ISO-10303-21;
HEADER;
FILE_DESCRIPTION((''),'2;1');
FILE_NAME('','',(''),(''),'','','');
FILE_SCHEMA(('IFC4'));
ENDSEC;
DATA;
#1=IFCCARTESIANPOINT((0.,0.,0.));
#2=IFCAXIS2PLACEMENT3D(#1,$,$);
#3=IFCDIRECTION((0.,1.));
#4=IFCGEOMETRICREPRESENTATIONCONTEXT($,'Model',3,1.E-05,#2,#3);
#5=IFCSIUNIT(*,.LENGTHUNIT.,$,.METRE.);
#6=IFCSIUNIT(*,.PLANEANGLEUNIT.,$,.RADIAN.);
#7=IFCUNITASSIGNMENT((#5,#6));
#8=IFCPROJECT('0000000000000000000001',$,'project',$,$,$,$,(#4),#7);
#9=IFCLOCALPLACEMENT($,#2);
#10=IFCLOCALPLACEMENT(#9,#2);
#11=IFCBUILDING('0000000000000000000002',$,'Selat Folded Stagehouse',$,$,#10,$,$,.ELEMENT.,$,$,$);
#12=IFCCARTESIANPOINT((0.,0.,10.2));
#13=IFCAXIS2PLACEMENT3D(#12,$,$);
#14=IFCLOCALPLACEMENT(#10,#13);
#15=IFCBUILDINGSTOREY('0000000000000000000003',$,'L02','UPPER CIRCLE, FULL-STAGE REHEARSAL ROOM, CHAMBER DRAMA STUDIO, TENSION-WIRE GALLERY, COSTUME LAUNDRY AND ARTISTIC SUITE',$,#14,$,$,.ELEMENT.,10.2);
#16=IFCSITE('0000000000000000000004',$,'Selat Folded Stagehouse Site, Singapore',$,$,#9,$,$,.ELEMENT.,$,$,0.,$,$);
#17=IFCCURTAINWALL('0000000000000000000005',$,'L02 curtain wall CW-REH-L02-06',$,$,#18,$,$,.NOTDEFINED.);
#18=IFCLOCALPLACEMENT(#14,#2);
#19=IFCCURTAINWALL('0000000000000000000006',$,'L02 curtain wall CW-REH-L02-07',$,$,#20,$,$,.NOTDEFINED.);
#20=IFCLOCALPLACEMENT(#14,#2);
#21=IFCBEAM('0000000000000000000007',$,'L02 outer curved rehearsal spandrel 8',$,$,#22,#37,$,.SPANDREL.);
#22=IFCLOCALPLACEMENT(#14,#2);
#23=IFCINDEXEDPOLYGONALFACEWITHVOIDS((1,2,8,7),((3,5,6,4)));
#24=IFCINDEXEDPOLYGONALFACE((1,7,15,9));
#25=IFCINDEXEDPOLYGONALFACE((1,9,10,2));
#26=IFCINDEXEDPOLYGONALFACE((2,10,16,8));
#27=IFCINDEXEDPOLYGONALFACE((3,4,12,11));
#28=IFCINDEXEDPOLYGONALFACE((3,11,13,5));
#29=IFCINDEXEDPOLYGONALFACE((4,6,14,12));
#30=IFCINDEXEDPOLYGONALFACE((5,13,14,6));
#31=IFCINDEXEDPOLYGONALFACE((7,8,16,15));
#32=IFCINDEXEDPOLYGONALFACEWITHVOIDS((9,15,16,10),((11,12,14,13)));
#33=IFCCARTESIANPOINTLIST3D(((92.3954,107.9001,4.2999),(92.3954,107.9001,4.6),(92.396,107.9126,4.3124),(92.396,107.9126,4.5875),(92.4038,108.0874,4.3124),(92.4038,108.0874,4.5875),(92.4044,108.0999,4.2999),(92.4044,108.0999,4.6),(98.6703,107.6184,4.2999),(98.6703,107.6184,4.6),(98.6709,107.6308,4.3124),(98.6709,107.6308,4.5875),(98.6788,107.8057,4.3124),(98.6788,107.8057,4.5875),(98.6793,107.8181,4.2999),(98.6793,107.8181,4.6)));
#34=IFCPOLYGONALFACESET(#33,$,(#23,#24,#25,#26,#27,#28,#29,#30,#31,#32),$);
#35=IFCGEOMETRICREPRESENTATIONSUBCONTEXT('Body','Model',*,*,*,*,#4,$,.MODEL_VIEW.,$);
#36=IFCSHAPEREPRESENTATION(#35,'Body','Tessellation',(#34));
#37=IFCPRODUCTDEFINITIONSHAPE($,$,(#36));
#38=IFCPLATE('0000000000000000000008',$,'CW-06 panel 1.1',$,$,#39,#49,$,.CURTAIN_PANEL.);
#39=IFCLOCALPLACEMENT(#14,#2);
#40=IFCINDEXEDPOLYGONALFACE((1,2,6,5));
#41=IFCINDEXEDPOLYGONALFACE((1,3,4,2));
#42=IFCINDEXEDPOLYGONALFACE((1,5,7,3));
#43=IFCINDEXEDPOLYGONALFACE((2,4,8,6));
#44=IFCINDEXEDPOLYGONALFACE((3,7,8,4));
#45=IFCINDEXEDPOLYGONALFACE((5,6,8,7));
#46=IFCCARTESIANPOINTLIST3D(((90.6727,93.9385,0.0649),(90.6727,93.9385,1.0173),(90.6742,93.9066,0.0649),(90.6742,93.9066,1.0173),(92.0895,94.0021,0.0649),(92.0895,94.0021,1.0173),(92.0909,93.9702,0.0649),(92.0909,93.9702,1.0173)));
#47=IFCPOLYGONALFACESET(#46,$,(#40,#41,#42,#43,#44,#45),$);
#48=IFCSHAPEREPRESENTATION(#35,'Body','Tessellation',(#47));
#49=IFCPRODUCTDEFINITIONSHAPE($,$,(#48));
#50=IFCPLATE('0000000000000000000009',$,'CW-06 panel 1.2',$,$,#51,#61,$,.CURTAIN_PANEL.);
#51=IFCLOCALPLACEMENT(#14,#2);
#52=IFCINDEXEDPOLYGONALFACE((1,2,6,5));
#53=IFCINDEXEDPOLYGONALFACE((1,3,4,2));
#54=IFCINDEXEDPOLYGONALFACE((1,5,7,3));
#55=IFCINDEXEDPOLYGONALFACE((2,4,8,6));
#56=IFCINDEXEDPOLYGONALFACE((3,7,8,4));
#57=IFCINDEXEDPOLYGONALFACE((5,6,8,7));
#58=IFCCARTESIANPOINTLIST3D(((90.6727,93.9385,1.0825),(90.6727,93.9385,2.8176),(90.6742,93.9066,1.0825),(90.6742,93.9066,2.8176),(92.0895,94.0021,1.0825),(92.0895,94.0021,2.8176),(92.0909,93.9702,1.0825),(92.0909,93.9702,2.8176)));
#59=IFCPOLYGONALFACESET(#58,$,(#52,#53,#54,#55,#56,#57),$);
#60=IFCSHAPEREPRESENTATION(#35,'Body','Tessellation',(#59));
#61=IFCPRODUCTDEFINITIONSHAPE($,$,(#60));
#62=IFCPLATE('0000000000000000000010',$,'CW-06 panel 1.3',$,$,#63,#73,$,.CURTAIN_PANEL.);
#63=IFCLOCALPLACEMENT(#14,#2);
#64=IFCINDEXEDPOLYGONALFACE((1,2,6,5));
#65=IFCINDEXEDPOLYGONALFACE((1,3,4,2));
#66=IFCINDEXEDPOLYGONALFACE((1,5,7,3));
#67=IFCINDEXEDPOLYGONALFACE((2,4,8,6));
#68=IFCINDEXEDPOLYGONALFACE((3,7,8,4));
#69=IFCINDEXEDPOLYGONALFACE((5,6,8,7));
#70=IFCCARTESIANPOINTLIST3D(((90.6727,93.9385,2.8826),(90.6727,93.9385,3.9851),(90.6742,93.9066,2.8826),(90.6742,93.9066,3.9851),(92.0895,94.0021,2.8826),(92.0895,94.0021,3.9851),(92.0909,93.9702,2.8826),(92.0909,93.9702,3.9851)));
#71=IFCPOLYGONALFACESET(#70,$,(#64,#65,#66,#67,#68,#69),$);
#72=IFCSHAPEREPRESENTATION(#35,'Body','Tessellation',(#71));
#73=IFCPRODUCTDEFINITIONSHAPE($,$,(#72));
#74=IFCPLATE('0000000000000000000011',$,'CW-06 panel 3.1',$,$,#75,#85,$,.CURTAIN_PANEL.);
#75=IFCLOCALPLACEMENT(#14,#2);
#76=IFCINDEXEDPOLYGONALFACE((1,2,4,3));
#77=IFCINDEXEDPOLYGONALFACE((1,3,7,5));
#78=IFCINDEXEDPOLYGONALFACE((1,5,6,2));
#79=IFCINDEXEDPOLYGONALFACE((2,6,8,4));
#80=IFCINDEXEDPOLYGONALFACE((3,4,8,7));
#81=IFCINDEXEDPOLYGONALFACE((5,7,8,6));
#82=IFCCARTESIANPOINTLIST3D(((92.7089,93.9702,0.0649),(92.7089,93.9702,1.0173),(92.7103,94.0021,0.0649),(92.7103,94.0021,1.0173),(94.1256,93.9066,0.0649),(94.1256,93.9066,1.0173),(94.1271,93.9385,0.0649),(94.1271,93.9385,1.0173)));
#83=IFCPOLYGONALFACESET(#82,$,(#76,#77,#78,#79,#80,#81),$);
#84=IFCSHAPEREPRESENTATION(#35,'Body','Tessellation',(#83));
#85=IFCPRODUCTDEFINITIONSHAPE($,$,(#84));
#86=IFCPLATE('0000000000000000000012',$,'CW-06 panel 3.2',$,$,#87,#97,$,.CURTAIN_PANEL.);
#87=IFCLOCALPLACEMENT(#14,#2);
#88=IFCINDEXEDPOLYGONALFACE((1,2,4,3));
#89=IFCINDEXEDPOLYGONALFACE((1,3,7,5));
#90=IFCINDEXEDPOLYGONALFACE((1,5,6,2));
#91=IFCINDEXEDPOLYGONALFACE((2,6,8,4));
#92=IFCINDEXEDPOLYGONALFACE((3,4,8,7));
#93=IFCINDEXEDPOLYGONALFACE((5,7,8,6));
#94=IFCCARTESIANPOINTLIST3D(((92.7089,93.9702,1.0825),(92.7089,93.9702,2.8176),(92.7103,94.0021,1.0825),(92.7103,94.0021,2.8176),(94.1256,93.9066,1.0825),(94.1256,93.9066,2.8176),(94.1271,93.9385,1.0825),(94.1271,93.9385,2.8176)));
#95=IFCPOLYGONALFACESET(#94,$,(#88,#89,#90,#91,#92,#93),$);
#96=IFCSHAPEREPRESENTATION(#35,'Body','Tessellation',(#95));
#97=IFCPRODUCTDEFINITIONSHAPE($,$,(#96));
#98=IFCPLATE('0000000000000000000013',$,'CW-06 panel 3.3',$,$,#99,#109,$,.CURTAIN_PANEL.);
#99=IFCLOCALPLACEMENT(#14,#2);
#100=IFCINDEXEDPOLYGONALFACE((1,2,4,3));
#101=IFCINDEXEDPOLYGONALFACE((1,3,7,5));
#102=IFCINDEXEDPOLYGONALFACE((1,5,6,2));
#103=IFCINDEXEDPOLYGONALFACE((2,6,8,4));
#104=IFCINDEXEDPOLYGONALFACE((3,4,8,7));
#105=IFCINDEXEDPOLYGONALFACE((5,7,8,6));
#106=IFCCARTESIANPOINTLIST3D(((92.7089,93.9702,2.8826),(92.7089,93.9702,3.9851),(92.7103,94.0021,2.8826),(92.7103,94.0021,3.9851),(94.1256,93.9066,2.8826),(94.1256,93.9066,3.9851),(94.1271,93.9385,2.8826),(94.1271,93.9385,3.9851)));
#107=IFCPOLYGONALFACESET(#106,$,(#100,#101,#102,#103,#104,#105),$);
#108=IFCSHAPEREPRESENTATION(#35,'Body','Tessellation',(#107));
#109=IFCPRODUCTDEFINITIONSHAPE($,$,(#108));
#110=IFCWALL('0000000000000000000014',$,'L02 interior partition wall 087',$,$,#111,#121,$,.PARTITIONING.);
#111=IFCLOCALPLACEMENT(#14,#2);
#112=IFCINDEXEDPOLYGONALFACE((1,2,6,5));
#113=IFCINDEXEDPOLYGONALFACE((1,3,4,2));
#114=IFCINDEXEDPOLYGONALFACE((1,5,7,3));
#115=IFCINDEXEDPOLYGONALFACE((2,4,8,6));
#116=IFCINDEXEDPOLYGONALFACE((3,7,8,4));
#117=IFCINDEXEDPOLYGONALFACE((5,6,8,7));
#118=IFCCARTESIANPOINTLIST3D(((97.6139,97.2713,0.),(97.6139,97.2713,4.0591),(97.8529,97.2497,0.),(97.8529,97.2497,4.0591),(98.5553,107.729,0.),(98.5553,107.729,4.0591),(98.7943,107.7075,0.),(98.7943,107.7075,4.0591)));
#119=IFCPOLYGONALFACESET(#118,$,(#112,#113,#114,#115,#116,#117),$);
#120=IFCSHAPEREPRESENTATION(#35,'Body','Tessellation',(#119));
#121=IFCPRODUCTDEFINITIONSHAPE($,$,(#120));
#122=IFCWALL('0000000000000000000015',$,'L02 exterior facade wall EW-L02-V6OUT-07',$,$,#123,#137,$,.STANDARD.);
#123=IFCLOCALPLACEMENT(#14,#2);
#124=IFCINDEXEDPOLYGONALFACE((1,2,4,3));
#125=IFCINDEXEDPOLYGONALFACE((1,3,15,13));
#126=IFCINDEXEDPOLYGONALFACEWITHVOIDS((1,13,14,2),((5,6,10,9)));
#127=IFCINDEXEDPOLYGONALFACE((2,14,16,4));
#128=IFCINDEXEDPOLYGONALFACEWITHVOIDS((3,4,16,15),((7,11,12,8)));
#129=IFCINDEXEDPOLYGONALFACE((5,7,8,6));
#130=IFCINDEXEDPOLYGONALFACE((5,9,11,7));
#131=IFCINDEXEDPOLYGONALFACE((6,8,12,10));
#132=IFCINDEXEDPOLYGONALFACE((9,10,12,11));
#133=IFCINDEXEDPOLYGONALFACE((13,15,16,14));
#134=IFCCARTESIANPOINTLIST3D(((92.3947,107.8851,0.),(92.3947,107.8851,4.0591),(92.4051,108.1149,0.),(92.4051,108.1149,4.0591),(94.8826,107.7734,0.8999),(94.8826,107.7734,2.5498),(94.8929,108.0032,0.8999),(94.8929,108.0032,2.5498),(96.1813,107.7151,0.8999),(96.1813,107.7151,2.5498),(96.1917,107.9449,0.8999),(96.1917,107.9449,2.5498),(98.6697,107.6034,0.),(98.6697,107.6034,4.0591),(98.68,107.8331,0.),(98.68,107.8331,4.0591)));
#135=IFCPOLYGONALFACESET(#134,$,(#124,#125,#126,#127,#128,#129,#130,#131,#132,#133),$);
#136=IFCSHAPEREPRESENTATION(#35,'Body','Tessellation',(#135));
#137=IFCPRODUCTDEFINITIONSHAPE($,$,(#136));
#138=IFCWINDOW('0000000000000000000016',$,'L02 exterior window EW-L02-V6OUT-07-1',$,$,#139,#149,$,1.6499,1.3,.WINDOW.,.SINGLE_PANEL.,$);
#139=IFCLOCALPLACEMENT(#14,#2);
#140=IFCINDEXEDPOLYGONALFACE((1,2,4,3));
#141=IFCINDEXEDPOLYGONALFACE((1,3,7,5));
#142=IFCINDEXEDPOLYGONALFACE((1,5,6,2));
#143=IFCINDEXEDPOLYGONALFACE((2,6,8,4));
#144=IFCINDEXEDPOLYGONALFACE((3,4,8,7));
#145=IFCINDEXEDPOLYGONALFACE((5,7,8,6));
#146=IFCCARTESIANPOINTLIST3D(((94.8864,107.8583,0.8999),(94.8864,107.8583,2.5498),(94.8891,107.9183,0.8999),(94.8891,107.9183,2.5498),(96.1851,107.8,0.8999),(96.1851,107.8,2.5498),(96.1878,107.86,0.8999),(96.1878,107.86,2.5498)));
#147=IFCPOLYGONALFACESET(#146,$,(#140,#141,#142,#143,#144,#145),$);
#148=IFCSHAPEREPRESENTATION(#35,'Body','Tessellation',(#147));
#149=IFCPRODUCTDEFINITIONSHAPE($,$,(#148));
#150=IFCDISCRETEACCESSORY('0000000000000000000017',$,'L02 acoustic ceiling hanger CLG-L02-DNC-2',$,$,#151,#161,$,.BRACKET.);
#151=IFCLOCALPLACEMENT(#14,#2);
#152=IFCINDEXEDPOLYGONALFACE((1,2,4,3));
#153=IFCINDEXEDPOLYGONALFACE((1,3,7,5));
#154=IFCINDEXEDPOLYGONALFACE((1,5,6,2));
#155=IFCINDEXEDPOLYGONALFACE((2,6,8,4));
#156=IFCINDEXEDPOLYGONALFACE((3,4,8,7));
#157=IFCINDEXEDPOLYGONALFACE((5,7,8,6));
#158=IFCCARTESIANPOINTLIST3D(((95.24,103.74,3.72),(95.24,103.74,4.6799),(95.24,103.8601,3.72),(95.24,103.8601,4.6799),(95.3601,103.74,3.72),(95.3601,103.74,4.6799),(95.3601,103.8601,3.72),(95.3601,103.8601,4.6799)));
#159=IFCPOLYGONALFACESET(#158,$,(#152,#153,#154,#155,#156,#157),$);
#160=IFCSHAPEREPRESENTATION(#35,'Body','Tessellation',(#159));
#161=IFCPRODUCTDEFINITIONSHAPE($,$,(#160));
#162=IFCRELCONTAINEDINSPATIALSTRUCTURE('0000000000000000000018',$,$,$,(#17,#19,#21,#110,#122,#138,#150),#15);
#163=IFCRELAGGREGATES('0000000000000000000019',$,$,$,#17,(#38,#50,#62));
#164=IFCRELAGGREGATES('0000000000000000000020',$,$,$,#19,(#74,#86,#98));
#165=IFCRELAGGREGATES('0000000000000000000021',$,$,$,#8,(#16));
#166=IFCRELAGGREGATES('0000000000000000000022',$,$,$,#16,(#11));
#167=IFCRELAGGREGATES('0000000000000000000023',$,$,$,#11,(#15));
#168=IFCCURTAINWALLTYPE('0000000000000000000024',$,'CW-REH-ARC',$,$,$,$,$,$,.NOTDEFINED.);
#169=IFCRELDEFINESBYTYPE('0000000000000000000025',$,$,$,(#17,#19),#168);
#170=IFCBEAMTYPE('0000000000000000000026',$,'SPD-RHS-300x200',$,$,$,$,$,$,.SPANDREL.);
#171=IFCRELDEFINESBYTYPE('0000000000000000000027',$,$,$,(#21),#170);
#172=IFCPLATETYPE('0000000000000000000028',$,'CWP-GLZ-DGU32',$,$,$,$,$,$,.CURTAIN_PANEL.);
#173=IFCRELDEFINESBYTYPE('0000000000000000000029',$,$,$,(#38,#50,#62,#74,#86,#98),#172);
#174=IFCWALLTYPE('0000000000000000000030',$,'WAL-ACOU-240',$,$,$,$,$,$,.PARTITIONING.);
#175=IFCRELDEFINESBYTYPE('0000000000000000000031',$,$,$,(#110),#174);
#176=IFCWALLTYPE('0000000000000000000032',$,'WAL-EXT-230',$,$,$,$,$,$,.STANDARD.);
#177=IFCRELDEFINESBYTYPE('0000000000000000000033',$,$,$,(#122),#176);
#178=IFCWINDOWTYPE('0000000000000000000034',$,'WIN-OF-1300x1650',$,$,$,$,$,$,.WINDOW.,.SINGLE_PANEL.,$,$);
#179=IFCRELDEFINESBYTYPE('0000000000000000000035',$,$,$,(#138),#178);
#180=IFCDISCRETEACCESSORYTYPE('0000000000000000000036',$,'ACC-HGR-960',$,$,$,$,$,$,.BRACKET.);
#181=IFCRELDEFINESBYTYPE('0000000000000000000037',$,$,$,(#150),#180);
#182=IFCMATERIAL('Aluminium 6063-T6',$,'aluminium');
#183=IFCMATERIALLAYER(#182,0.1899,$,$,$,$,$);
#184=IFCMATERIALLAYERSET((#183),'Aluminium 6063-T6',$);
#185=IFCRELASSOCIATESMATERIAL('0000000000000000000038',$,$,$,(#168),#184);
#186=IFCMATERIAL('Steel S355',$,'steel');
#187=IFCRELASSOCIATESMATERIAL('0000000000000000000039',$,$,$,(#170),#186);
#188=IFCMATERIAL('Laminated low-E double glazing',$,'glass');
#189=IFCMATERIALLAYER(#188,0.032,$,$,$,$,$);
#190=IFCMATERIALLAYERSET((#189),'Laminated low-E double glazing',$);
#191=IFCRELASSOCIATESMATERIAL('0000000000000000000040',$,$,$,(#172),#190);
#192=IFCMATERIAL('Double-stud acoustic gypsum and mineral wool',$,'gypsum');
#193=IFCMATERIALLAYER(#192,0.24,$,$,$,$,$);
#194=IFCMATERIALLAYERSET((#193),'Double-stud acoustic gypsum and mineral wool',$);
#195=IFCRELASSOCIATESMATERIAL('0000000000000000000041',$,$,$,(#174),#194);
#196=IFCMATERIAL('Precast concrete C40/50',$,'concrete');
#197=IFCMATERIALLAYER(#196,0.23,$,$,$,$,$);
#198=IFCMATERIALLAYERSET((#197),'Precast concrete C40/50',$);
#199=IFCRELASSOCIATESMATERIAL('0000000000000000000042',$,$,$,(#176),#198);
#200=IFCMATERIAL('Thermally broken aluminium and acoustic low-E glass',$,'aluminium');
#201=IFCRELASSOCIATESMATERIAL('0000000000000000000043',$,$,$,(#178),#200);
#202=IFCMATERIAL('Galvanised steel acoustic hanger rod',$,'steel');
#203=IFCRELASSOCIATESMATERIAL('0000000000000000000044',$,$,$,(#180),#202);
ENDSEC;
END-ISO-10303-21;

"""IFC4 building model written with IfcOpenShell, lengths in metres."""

from ifc_helpers import new_model, si_unit, direction, frame, frame_2d, origin, origin_2d, place, context, subcontext, project, spatial, rectangle, hollow_rectangle, extrude, material, layer, layer_set, material_profile, profile_set, type_object, element, fill, aggregate, save


model = new_model("IFC4")

# Units and contexts
model_context = context("Model", 3, precision=1e-05, world=origin(), true_north=direction((0.0, 1.0)))
body_context = subcontext(model_context, "Body", "Model", "MODEL_VIEW")
ifc_project = project(units=[si_unit("LENGTHUNIT", "METRE"), si_unit("PLANEANGLEUNIT", "RADIAN")], contexts=[model_context])

# Site, building, storey
site_placement = place(None, origin())
site = spatial("IfcSite", under=ifc_project, at=site_placement, Name="Selat Folded Stagehouse Site, Singapore", CompositionType="ELEMENT", RefElevation=0.0)
building_placement = place(site_placement, origin())
building = spatial("IfcBuilding", under=site, at=building_placement, Name="Selat Folded Stagehouse", CompositionType="ELEMENT")
storey_placement = place(building_placement, frame((0.0, 0.0, 10.2)))
storey = spatial("IfcBuildingStorey", under=building, at=storey_placement, Name="L02", Description="UPPER CIRCLE, FULL-STAGE REHEARSAL ROOM, CHAMBER DRAMA STUDIO, TENSION-WIRE GALLERY, COSTUME LAUNDRY AND ARTISTIC SUITE", CompositionType="ELEMENT", Elevation=10.2)

# Shared definitions
ifc_material_1 = material(Name="Steel S355", Category="steel")

# Curtain walls
ifc_material_2 = material(Name="Aluminium 6063-T6", Category="aluminium")
ifc_layer_1 = layer(ifc_material_2, 0.1899)
ifc_layer_set_1 = layer_set([ifc_layer_1], Name="Aluminium 6063-T6")
curtain_wall_type = type_object("IfcCurtainWallType", Name="CW-REH-ARC", PredefinedType="NOTDEFINED", material=ifc_layer_set_1)
curtain_wall_1_placement = place(storey_placement, origin())
curtain_wall_1 = element("IfcCurtainWall", 1, at=curtain_wall_1_placement, inside=storey, type_object=curtain_wall_type, Name="L02 curtain wall CW-REH-L02-06", PredefinedType="NOTDEFINED")
curtain_wall_2_placement = place(storey_placement, origin())
curtain_wall_2 = element("IfcCurtainWall", 2, at=curtain_wall_2_placement, inside=storey, type_object=curtain_wall_type, Name="L02 curtain wall CW-REH-L02-07", PredefinedType="NOTDEFINED")

# Beam
ifc_material_profile_1 = material_profile(ifc_material_1, hollow_rectangle(XDim=0.2, YDim=0.3, WallThickness=0.0125, at=origin_2d()), Name="RHS 300x200x12.5")
ifc_profile_set_1 = profile_set([ifc_material_profile_1], Name="Steel S355")
beam_type_1 = type_object("IfcBeamType", Name="SPD-RHS-300x200", PredefinedType="SPANDREL", material=ifc_profile_set_1)
beam_1_placement = place(storey_placement, frame((92.3999, 108.0, 4.45), z_axis=(0.998994, -0.044854, 0.0), x_axis=(0.044854, 0.998994, 0.0)))
element("IfcBeam", 3, at=beam_1_placement, inside=storey, type_object=beam_type_1, Name="L02 outer curved rehearsal spandrel 8", PredefinedType="SPANDREL", context=body_context, shape_type="SweptSolid", body=[
    extrude(hollow_rectangle(XDim=0.2, YDim=0.3, WallThickness=0.0125, at=origin_2d()), origin(), (0.0, 0.0, 1.0), 6.2812),
])

# Plates
ifc_material_3 = material(Name="Laminated low-E double glazing", Category="glass")
ifc_layer_2 = layer(ifc_material_3, 0.032)
ifc_layer_set_2 = layer_set([ifc_layer_2], Name="Laminated low-E double glazing")
plate_type = type_object("IfcPlateType", Name="CWP-GLZ-DGU32", PredefinedType="CURTAIN_PANEL", material=ifc_layer_set_2)
plate_1_placement = place(storey_placement, frame((91.3818, 93.9543, 0.0649), z_axis=(0.0, 0.0, 1.0), x_axis=(-0.998993, -0.044862, 0.0)))
plate_1 = element("IfcPlate", 4, at=plate_1_placement, type_object=plate_type, Name="CW-06 panel 1.1", PredefinedType="CURTAIN_PANEL", context=body_context, shape_type="SweptSolid", body=[
    extrude(rectangle(XDim=1.4182, YDim=0.032, at=origin_2d()), origin(), (0.0, 0.0, 1.0), 0.9524),
])
plate_2_placement = place(storey_placement, frame((91.3818, 93.9543, 1.0825), z_axis=(0.0, 0.0, 1.0), x_axis=(-0.998993, -0.044862, 0.0)))
plate_2 = element("IfcPlate", 5, at=plate_2_placement, type_object=plate_type, Name="CW-06 panel 1.2", PredefinedType="CURTAIN_PANEL", context=body_context, shape_type="SweptSolid", body=[
    extrude(rectangle(XDim=1.4182, YDim=0.032, at=origin_2d()), origin(), (0.0, 0.0, 1.0), 1.7351),
])
plate_3_placement = place(storey_placement, frame((91.3818, 93.9543, 2.8826), z_axis=(0.0, 0.0, 1.0), x_axis=(-0.998993, -0.044862, 0.0)))
plate_3 = element("IfcPlate", 6, at=plate_3_placement, type_object=plate_type, Name="CW-06 panel 1.3", PredefinedType="CURTAIN_PANEL", context=body_context, shape_type="SweptSolid", body=[
    extrude(rectangle(XDim=1.4182, YDim=0.032, at=origin_2d()), origin(), (0.0, 0.0, 1.0), 1.1025),
])
aggregate(curtain_wall_1, [plate_1, plate_2, plate_3])
plate_4_placement = place(storey_placement, frame((93.418, 93.9543, 0.0649), z_axis=(0.0, 0.0, 1.0), x_axis=(-0.998993, 0.044862, 0.0)))
plate_4 = element("IfcPlate", 7, at=plate_4_placement, type_object=plate_type, Name="CW-06 panel 3.1", PredefinedType="CURTAIN_PANEL", context=body_context, shape_type="SweptSolid", body=[
    extrude(rectangle(XDim=1.4182, YDim=0.032, at=origin_2d()), origin(), (0.0, 0.0, 1.0), 0.9524),
])
plate_5_placement = place(storey_placement, frame((93.418, 93.9543, 1.0825), z_axis=(0.0, 0.0, 1.0), x_axis=(-0.998993, 0.044862, 0.0)))
plate_5 = element("IfcPlate", 8, at=plate_5_placement, type_object=plate_type, Name="CW-06 panel 3.2", PredefinedType="CURTAIN_PANEL", context=body_context, shape_type="SweptSolid", body=[
    extrude(rectangle(XDim=1.4182, YDim=0.032, at=origin_2d()), origin(), (0.0, 0.0, 1.0), 1.7351),
])
plate_6_placement = place(storey_placement, frame((93.418, 93.9543, 2.8826), z_axis=(0.0, 0.0, 1.0), x_axis=(-0.998993, 0.044862, 0.0)))
plate_6 = element("IfcPlate", 9, at=plate_6_placement, type_object=plate_type, Name="CW-06 panel 3.3", PredefinedType="CURTAIN_PANEL", context=body_context, shape_type="SweptSolid", body=[
    extrude(rectangle(XDim=1.4182, YDim=0.032, at=origin_2d()), origin(), (0.0, 0.0, 1.0), 1.1025),
])
aggregate(curtain_wall_2, [plate_4, plate_5, plate_6])

# Wall
ifc_material_4 = material(Name="Double-stud acoustic gypsum and mineral wool", Category="gypsum")
ifc_layer_3 = layer(ifc_material_4, 0.24)
ifc_layer_set_3 = layer_set([ifc_layer_3], Name="Double-stud acoustic gypsum and mineral wool")
wall_type_1 = type_object("IfcWallType", Name="WAL-ACOU-240", PredefinedType="PARTITIONING", material=ifc_layer_set_3)
wall_1_placement = place(storey_placement, frame((97.7334, 97.2605, 0.0), z_axis=(0.0, 0.0, 1.0), x_axis=(0.089657, 0.995973, 0.0)))
element("IfcWall", 10, at=wall_1_placement, inside=storey, type_object=wall_type_1, Name="L02 interior partition wall 087", PredefinedType="PARTITIONING", context=body_context, shape_type="SweptSolid", body=[
    extrude(rectangle(XDim=10.5, YDim=0.24, at=frame_2d((5.25, 0.0))), origin(), (0.0, 0.0, 1.0), 4.0591),
])

# Wall, opening, window
ifc_material_5 = material(Name="Precast concrete C40/50", Category="concrete")
ifc_layer_4 = layer(ifc_material_5, 0.23)
ifc_layer_set_4 = layer_set([ifc_layer_4], Name="Precast concrete C40/50")
wall_type_2 = type_object("IfcWallType", Name="WAL-EXT-230", PredefinedType="STANDARD", material=ifc_layer_set_4)
wall_2_placement = place(storey_placement, frame((92.3999, 108.0, 0.0), z_axis=(0.0, 0.0, 1.0), x_axis=(0.998994, -0.044854, 0.0)))
wall_2 = element("IfcWall", 11, at=wall_2_placement, inside=storey, type_object=wall_type_2, Name="L02 exterior facade wall EW-L02-V6OUT-07", PredefinedType="STANDARD", context=body_context, shape_type="SweptSolid", body=[
    extrude(rectangle(XDim=6.2812, YDim=0.23, at=frame_2d((3.1406, 0.0))), origin(), (0.0, 0.0, 1.0), 4.0591),
])
opening_placement = place(wall_2_placement, frame((2.4905, 0.0, 0.8999)))
opening = element("IfcOpeningElement", 12, at=opening_placement, cuts=wall_2, PredefinedType="OPENING", context=body_context, shape_type="SweptSolid", body=[
    extrude(rectangle(XDim=1.3, YDim=1.6499, at=frame_2d((0.6499, 0.825))), frame((0.0, 0.125, 0.0), z_axis=(0.0, -1.0, 0.0), x_axis=(1.0, 0.0, 0.0)), (0.0, 0.0, 1.0), 0.25),
])
ifc_material_6 = material(Name="Thermally broken aluminium and acoustic low-E glass", Category="aluminium")
window_type = type_object("IfcWindowType", Name="WIN-OF-1300x1650", PartitioningType="SINGLE_PANEL", PredefinedType="WINDOW", material=ifc_material_6)
window_placement = place(opening_placement, origin())
window = element("IfcWindow", 13, at=window_placement, inside=storey, type_object=window_type, Name="L02 exterior window EW-L02-V6OUT-07-1", OverallHeight=1.6499, OverallWidth=1.3, PartitioningType="SINGLE_PANEL", PredefinedType="WINDOW", context=body_context, shape_type="SweptSolid", body=[
    extrude(rectangle(XDim=1.3, YDim=1.6499, at=frame_2d((0.6499, 0.825))), frame((0.0, 0.03, 0.0), z_axis=(0.0, -1.0, 0.0), x_axis=(1.0, 0.0, 0.0)), (0.0, 0.0, 1.0), 0.0601),
])
fill(opening, window)

# Discrete accessory
ifc_material_7 = material(Name="Galvanised steel acoustic hanger rod", Category="steel")
discrete_accessory_type = type_object("IfcDiscreteAccessoryType", Name="ACC-HGR-960", PredefinedType="BRACKET", material=ifc_material_7)
discrete_accessory_placement = place(storey_placement, frame((95.3, 103.8, 3.72), z_axis=(0.0, 0.0, 1.0), x_axis=(1.0, 0.0, 0.0)))
element("IfcDiscreteAccessory", 14, at=discrete_accessory_placement, inside=storey, type_object=discrete_accessory_type, Name="L02 acoustic ceiling hanger CLG-L02-DNC-2", PredefinedType="BRACKET", context=body_context, shape_type="SweptSolid", body=[
    extrude(rectangle(XDim=0.1201, YDim=0.1201, at=origin_2d()), origin(), (0.0, 0.0, 1.0), 0.96),
])

save(model, "model.ifc")
